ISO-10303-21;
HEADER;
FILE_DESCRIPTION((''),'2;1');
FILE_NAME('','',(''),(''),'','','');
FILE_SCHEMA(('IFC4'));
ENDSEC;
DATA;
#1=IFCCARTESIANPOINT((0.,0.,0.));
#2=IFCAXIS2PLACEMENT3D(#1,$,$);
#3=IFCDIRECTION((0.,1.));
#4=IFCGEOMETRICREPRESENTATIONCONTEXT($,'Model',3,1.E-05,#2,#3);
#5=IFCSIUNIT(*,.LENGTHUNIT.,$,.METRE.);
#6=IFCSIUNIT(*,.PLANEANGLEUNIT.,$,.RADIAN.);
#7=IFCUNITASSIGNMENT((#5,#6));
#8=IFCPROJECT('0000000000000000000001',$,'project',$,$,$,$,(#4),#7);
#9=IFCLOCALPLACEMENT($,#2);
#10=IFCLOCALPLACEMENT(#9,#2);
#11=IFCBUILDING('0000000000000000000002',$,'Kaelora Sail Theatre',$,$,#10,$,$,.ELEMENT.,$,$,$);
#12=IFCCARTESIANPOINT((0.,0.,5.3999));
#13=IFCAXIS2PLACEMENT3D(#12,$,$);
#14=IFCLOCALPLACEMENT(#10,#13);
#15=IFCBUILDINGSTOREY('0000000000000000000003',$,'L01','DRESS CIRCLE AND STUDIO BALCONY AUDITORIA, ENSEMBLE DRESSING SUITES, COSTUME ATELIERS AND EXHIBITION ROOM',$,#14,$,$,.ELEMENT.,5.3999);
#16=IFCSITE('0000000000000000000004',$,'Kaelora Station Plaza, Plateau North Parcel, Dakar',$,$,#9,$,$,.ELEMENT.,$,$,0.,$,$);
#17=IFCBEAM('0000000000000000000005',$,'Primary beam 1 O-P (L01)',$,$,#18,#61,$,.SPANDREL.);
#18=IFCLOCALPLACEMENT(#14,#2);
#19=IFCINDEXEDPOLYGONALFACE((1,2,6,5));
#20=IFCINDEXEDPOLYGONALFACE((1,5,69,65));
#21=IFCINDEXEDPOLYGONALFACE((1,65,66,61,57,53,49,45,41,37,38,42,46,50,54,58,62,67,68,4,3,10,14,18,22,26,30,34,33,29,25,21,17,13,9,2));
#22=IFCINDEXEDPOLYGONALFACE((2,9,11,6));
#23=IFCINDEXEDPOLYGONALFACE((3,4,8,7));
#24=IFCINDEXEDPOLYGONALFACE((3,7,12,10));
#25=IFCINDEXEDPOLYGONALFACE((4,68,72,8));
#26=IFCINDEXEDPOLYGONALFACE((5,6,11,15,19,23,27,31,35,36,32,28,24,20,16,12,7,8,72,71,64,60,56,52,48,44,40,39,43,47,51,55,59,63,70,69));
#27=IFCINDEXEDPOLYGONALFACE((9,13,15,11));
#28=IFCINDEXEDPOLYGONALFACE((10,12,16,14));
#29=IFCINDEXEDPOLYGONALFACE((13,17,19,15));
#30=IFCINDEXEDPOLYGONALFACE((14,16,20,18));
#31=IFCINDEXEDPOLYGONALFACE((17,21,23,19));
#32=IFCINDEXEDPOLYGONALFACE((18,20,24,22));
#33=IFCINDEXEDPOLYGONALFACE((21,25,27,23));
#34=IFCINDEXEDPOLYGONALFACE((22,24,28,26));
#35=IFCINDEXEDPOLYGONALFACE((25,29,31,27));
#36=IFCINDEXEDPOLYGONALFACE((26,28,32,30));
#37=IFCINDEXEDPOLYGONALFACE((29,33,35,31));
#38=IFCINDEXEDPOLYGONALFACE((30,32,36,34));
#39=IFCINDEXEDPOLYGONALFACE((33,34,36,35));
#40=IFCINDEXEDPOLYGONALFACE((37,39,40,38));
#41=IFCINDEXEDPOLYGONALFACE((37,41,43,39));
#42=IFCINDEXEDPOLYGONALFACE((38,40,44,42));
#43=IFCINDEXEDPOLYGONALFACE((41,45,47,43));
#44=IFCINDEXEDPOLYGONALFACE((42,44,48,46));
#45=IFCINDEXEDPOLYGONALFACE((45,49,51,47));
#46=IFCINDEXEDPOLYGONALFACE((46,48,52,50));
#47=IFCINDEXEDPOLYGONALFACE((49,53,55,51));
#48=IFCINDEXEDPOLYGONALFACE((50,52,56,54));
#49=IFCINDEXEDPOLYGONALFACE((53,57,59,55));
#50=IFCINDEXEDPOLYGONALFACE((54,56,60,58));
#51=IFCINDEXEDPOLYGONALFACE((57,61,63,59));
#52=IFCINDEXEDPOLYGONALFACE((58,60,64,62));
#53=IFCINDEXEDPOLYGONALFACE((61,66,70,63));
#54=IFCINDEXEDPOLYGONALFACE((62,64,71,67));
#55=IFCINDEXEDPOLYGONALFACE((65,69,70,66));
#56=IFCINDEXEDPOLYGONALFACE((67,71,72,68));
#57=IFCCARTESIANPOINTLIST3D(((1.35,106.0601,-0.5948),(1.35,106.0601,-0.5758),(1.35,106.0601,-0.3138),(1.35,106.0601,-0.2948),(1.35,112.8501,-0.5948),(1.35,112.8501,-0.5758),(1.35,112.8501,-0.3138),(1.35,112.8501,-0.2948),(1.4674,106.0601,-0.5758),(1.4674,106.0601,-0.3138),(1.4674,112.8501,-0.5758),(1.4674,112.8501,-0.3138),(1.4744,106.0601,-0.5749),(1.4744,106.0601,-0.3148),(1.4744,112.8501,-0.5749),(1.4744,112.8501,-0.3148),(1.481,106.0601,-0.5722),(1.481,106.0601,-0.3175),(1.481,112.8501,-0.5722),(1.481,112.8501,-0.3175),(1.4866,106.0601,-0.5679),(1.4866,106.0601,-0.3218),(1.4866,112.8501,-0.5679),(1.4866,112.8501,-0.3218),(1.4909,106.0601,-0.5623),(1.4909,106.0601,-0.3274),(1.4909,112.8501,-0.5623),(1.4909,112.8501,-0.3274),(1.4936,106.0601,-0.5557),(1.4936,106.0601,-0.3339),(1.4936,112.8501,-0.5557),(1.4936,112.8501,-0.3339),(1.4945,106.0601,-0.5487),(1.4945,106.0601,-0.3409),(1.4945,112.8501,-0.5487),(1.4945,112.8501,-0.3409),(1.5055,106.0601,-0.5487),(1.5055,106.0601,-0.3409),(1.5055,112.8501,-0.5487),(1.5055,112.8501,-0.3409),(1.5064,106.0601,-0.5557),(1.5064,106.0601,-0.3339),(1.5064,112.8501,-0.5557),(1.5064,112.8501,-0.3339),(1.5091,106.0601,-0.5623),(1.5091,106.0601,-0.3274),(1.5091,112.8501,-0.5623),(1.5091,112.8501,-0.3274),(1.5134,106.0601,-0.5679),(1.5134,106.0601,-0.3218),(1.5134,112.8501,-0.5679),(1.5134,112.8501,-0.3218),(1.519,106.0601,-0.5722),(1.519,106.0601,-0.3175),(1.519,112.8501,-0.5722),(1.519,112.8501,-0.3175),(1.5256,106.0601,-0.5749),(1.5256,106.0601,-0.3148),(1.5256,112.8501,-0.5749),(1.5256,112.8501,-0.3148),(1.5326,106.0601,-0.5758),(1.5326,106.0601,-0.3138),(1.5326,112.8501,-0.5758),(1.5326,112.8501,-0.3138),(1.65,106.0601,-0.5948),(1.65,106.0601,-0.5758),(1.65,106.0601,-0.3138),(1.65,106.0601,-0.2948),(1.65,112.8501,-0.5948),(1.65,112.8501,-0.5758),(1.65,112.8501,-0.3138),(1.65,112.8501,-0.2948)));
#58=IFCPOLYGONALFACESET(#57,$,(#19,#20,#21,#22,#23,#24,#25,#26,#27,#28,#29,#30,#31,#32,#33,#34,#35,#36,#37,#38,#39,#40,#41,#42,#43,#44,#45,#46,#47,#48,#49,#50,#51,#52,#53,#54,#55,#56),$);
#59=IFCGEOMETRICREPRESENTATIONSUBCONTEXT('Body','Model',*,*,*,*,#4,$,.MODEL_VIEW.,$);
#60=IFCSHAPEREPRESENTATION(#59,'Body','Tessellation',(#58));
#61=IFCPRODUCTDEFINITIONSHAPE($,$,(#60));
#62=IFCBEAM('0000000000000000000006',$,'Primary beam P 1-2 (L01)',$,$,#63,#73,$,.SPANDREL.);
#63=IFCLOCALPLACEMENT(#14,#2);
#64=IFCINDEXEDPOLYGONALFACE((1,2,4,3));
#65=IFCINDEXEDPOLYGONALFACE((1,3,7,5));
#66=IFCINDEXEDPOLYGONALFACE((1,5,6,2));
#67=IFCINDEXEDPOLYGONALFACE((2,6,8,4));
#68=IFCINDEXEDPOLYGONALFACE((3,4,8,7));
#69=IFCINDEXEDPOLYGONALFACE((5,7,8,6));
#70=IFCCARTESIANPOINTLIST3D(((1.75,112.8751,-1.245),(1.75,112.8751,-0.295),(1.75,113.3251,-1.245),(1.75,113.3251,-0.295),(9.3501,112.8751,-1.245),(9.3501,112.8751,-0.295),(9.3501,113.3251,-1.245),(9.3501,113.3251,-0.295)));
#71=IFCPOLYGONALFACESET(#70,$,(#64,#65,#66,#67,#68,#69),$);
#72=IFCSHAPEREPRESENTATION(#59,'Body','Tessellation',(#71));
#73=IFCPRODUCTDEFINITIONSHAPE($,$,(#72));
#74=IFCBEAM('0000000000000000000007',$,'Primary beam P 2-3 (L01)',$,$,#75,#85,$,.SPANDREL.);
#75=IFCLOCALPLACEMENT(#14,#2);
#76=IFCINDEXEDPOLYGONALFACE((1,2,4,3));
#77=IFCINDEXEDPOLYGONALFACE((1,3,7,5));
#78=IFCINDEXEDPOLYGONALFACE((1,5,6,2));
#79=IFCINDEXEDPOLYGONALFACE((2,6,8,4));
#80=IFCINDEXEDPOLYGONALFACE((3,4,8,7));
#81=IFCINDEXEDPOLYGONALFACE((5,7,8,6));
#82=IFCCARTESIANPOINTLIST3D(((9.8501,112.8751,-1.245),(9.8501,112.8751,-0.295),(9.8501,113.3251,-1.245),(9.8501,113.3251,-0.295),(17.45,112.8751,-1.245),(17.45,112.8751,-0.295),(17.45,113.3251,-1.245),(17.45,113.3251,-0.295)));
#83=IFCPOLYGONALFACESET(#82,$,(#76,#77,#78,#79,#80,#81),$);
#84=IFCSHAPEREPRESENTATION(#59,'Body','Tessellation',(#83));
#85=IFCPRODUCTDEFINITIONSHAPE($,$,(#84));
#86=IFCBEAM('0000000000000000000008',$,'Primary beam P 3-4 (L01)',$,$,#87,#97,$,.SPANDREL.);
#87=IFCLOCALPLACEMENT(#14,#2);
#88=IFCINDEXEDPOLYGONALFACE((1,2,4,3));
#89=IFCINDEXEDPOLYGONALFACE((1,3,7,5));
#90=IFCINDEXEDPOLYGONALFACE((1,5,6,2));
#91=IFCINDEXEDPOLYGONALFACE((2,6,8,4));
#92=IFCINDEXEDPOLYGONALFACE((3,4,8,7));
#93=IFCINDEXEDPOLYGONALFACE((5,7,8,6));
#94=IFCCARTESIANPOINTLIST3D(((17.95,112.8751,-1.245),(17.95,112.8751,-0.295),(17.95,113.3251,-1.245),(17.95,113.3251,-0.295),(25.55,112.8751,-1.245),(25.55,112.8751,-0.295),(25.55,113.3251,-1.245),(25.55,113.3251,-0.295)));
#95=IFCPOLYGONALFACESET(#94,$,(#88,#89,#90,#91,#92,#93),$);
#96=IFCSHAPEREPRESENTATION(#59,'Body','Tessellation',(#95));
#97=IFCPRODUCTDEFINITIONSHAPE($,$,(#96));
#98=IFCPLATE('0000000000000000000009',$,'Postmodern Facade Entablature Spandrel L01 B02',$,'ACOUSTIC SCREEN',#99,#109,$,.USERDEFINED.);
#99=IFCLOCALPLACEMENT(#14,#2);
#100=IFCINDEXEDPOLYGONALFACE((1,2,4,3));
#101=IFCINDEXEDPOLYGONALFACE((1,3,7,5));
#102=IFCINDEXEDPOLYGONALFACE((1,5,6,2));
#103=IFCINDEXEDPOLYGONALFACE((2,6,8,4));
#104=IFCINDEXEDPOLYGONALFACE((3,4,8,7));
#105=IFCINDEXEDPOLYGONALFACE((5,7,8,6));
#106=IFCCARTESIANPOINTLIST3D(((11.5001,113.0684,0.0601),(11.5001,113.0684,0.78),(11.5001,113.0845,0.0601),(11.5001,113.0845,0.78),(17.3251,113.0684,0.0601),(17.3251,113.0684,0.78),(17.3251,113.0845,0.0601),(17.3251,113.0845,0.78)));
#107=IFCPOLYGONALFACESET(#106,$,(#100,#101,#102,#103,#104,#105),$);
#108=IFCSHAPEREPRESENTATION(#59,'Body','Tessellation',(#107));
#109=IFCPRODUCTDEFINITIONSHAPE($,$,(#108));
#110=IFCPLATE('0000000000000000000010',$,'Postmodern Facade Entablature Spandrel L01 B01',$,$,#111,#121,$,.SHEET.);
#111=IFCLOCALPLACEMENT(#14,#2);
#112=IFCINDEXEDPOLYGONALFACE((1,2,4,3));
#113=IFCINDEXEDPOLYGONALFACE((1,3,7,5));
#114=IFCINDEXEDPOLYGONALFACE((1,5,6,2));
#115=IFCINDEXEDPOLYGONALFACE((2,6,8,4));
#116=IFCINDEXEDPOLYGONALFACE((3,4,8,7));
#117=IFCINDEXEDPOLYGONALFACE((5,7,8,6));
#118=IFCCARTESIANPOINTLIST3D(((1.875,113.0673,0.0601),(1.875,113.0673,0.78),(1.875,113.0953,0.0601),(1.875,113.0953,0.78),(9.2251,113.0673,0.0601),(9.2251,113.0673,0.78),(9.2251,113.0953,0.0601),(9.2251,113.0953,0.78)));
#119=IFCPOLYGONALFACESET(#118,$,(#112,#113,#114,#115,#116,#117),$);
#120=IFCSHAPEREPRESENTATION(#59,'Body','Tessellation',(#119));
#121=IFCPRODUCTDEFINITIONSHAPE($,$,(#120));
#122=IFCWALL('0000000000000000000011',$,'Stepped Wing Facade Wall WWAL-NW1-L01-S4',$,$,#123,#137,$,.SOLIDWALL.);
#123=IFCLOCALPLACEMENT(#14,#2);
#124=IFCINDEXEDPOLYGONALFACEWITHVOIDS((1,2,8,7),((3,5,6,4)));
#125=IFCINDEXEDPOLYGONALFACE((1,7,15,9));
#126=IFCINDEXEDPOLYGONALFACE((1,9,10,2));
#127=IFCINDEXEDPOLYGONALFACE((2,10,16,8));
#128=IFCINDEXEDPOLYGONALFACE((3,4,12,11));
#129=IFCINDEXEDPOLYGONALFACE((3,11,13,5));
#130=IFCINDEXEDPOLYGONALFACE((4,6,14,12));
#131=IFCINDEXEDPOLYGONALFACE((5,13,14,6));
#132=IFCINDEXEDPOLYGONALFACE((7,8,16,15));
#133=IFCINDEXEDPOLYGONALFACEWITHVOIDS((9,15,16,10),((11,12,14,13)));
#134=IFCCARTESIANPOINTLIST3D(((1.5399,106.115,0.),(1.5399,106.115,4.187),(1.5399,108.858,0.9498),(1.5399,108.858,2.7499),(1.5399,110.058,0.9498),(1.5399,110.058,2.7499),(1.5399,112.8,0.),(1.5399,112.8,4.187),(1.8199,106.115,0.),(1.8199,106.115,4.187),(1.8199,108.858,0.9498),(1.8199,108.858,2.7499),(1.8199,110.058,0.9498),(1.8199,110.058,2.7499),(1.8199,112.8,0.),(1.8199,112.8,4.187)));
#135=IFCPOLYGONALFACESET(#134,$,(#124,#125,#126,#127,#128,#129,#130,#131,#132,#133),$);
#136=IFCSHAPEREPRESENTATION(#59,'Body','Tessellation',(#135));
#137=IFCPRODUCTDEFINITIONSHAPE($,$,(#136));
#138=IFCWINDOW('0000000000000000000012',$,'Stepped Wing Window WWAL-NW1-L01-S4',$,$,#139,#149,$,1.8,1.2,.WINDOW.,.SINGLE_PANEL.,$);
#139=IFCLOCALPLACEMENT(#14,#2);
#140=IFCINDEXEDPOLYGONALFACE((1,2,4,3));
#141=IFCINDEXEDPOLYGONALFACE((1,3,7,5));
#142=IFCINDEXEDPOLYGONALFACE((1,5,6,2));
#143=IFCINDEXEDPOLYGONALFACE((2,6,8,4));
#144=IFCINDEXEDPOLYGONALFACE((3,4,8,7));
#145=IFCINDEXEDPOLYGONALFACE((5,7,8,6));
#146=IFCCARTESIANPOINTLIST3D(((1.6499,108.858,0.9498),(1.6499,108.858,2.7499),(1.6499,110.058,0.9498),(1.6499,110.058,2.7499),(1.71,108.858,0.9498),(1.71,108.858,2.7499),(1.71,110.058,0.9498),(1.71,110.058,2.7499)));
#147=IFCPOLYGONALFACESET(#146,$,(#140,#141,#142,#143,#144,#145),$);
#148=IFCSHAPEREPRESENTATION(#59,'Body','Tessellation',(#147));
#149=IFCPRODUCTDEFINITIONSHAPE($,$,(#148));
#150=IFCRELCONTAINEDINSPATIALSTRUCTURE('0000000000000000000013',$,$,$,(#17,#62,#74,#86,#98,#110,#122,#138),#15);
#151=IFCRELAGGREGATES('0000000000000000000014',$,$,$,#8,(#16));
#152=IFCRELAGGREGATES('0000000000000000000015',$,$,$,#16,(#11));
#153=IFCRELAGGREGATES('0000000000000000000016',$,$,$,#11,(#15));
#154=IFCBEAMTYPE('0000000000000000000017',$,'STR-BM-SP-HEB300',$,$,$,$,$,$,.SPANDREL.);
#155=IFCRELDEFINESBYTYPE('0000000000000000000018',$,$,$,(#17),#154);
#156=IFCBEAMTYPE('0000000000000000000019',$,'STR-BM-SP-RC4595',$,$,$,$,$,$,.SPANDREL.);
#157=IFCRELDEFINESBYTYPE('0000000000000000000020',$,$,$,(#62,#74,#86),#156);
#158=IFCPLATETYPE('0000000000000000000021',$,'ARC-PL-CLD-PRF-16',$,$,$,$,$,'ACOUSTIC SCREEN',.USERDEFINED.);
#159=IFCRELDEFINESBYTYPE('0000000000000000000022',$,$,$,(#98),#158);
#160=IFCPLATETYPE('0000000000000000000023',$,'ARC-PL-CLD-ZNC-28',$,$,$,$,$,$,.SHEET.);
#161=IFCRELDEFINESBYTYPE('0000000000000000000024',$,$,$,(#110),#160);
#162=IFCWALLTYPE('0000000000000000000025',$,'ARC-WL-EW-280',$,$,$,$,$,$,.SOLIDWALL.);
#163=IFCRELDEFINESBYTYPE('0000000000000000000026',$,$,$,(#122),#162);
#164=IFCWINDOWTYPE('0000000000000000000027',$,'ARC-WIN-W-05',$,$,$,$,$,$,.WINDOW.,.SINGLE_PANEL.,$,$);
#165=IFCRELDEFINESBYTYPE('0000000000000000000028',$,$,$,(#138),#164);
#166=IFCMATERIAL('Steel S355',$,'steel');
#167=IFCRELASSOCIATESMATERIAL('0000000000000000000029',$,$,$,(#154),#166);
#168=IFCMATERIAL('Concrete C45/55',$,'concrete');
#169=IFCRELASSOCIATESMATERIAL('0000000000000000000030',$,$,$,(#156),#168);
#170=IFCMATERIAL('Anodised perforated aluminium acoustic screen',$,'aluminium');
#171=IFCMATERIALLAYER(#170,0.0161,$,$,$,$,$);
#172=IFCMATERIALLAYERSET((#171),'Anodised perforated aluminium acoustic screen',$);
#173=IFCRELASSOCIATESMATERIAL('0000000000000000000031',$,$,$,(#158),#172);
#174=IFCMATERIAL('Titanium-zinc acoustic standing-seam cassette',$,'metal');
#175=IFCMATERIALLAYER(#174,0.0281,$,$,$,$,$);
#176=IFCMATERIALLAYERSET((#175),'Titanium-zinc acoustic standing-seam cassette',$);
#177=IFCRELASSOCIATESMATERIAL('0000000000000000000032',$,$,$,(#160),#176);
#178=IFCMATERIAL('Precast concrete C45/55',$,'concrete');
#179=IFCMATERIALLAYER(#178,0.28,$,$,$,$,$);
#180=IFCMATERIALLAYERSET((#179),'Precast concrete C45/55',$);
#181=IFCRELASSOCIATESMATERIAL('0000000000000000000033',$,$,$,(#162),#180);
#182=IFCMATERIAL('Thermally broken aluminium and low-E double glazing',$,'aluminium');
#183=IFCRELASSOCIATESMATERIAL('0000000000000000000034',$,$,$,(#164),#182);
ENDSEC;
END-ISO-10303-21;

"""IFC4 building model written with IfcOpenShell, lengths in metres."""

from ifc_helpers import new_model, si_unit, direction, frame, frame_2d, origin, origin_2d, place, context, subcontext, project, spatial, rectangle, i_section, extrude, material, layer, layer_set, material_profile, profile_set, type_object, element, fill, save


model = new_model("IFC4")

# Units and contexts
model_context = context("Model", 3, precision=1e-05, world=origin(), true_north=direction((0.0, 1.0)))
body_context = subcontext(model_context, "Body", "Model", "MODEL_VIEW")
ifc_project = project(units=[si_unit("LENGTHUNIT", "METRE"), si_unit("PLANEANGLEUNIT", "RADIAN")], contexts=[model_context])

# Site, building, storey
site_placement = place(None, origin())
site = spatial("IfcSite", under=ifc_project, at=site_placement, Name="Kaelora Station Plaza, Plateau North Parcel, Dakar", CompositionType="ELEMENT", RefElevation=0.0)
building_placement = place(site_placement, origin())
building = spatial("IfcBuilding", under=site, at=building_placement, Name="Kaelora Sail Theatre", CompositionType="ELEMENT")
storey_placement = place(building_placement, frame((0.0, 0.0, 5.3999)))
storey = spatial("IfcBuildingStorey", under=building, at=storey_placement, Name="L01", Description="DRESS CIRCLE AND STUDIO BALCONY AUDITORIA, ENSEMBLE DRESSING SUITES, COSTUME ATELIERS AND EXHIBITION ROOM", CompositionType="ELEMENT", Elevation=5.3999)

# Beams
ifc_material_1 = material(Name="Steel S355", Category="steel")
ifc_material_profile_1 = material_profile(ifc_material_1, i_section(OverallWidth=0.3, OverallDepth=0.3, WebThickness=0.011, FlangeThickness=0.019, FilletRadius=0.0271, at=origin_2d()), Name="HEB 300")
ifc_profile_set_1 = profile_set([ifc_material_profile_1], Name="Steel S355")
beam_type_1 = type_object("IfcBeamType", Name="STR-BM-SP-HEB300", PredefinedType="SPANDREL", material=ifc_profile_set_1)
beam_1_placement = place(storey_placement, frame((1.5, 106.0601, -0.4448), z_axis=(0.0, 1.0, 0.0), x_axis=(-1.0, 0.0, 0.0)))
element("IfcBeam", 1, at=beam_1_placement, inside=storey, type_object=beam_type_1, Name="Primary beam 1 O-P (L01)", PredefinedType="SPANDREL", context=body_context, shape_type="SweptSolid", body=[
    extrude(i_section(OverallWidth=0.3, OverallDepth=0.3, WebThickness=0.011, FlangeThickness=0.019, FilletRadius=0.0271, at=origin_2d()), origin(), (0.0, 0.0, 1.0), 6.79),
])
ifc_material_2 = material(Name="Concrete C45/55", Category="concrete")
ifc_material_profile_2 = material_profile(ifc_material_2, rectangle(XDim=0.45, YDim=0.95, at=origin_2d()), Name="RC-SPN 450x950")
ifc_profile_set_2 = profile_set([ifc_material_profile_2], Name="Concrete C45/55")
beam_type_2 = type_object("IfcBeamType", Name="STR-BM-SP-RC4595", PredefinedType="SPANDREL", material=ifc_profile_set_2)
beam_2_placement = place(storey_placement, frame((1.75, 113.1001, -0.77), z_axis=(1.0, 0.0, 0.0), x_axis=(0.0, 1.0, 0.0)))
element("IfcBeam", 2, at=beam_2_placement, inside=storey, type_object=beam_type_2, Name="Primary beam P 1-2 (L01)", PredefinedType="SPANDREL", context=body_context, shape_type="SweptSolid", body=[
    extrude(rectangle(XDim=0.45, YDim=0.95, at=origin_2d()), origin(), (0.0, 0.0, 1.0), 7.6001),
])
beam_3_placement = place(storey_placement, frame((9.8501, 113.1001, -0.77), z_axis=(1.0, 0.0, 0.0), x_axis=(0.0, 1.0, 0.0)))
element("IfcBeam", 3, at=beam_3_placement, inside=storey, type_object=beam_type_2, Name="Primary beam P 2-3 (L01)", PredefinedType="SPANDREL", context=body_context, shape_type="SweptSolid", body=[
    extrude(rectangle(XDim=0.45, YDim=0.95, at=origin_2d()), origin(), (0.0, 0.0, 1.0), 7.5999),
])
beam_4_placement = place(storey_placement, frame((17.95, 113.1001, -0.77), z_axis=(1.0, 0.0, 0.0), x_axis=(0.0, 1.0, 0.0)))
element("IfcBeam", 4, at=beam_4_placement, inside=storey, type_object=beam_type_2, Name="Primary beam P 3-4 (L01)", PredefinedType="SPANDREL", context=body_context, shape_type="SweptSolid", body=[
    extrude(rectangle(XDim=0.45, YDim=0.95, at=origin_2d()), origin(), (0.0, 0.0, 1.0), 7.6001),
])

# Plates
ifc_material_3 = material(Name="Anodised perforated aluminium acoustic screen", Category="aluminium")
ifc_layer_1 = layer(ifc_material_3, 0.0161)
ifc_layer_set_1 = layer_set([ifc_layer_1], Name="Anodised perforated aluminium acoustic screen")
plate_type_1 = type_object("IfcPlateType", Name="ARC-PL-CLD-PRF-16", ElementType="ACOUSTIC SCREEN", PredefinedType="USERDEFINED", material=ifc_layer_set_1)
plate_1_placement = place(storey_placement, frame((14.4126, 113.0764, 0.0601), z_axis=(0.0, 0.0, 1.0), x_axis=(1.0, 0.0, 0.0)))
element("IfcPlate", 5, at=plate_1_placement, inside=storey, type_object=plate_type_1, Name="Postmodern Facade Entablature Spandrel L01 B02", ObjectType="ACOUSTIC SCREEN", PredefinedType="USERDEFINED", context=body_context, shape_type="SweptSolid", body=[
    extrude(rectangle(XDim=5.825, YDim=0.0161, at=origin_2d()), origin(), (0.0, 0.0, 1.0), 0.72),
])
ifc_material_4 = material(Name="Titanium-zinc acoustic standing-seam cassette", Category="metal")
ifc_layer_2 = layer(ifc_material_4, 0.0281)
ifc_layer_set_2 = layer_set([ifc_layer_2], Name="Titanium-zinc acoustic standing-seam cassette")
plate_type_2 = type_object("IfcPlateType", Name="ARC-PL-CLD-ZNC-28", PredefinedType="SHEET", material=ifc_layer_set_2)
plate_2_placement = place(storey_placement, frame((5.55, 113.0813, 0.0601), z_axis=(0.0, 0.0, 1.0), x_axis=(1.0, 0.0, 0.0)))
element("IfcPlate", 6, at=plate_2_placement, inside=storey, type_object=plate_type_2, Name="Postmodern Facade Entablature Spandrel L01 B01", PredefinedType="SHEET", context=body_context, shape_type="SweptSolid", body=[
    extrude(rectangle(XDim=7.3501, YDim=0.0281, at=origin_2d()), origin(), (0.0, 0.0, 1.0), 0.72),
])

# Wall, opening, window
ifc_material_5 = material(Name="Precast concrete C45/55", Category="concrete")
ifc_layer_3 = layer(ifc_material_5, 0.28)
ifc_layer_set_3 = layer_set([ifc_layer_3], Name="Precast concrete C45/55")
wall_type_1 = type_object("IfcWallType", Name="ARC-WL-EW-280", PredefinedType="SOLIDWALL", material=ifc_layer_set_3)
wall_1_placement = place(storey_placement, frame((1.6799, 106.115, 0.0), z_axis=(0.0, 0.0, 1.0), x_axis=(0.0, 1.0, 0.0)))
wall_1 = element("IfcWall", 7, at=wall_1_placement, inside=storey, type_object=wall_type_1, Name="Stepped Wing Facade Wall WWAL-NW1-L01-S4", PredefinedType="SOLIDWALL", context=body_context, shape_type="SweptSolid", body=[
    extrude(rectangle(XDim=6.6851, YDim=0.28, at=frame_2d((3.3425, 0.0))), origin(), (0.0, 0.0, 1.0), 4.187),
])
opening_1_placement = place(wall_1_placement, frame((2.7429, 0.0, 0.95)))
opening_1 = element("IfcOpeningElement", 8, at=opening_1_placement, cuts=wall_1, PredefinedType="OPENING", context=body_context, shape_type="SweptSolid", body=[
    extrude(rectangle(XDim=1.2, YDim=1.8, at=frame_2d((0.6001, 0.8999))), frame((0.0, 0.1501, 0.0), z_axis=(0.0, -1.0, 0.0), x_axis=(1.0, 0.0, 0.0)), (0.0, 0.0, 1.0), 0.3),
])
ifc_material_6 = material(Name="Thermally broken aluminium and low-E double glazing", Category="aluminium")
window_type_1 = type_object("IfcWindowType", Name="ARC-WIN-W-05", PartitioningType="SINGLE_PANEL", PredefinedType="WINDOW", material=ifc_material_6)
window_1_placement = place(opening_1_placement, origin())
window_1 = element("IfcWindow", 9, at=window_1_placement, inside=storey, type_object=window_type_1, Name="Stepped Wing Window WWAL-NW1-L01-S4", OverallHeight=1.8, OverallWidth=1.2, PartitioningType="SINGLE_PANEL", PredefinedType="WINDOW", context=body_context, shape_type="SweptSolid", body=[
    extrude(rectangle(XDim=1.2, YDim=1.8, at=frame_2d((0.6001, 0.8999))), frame((0.0, 0.03, 0.0), z_axis=(0.0, -1.0, 0.0), x_axis=(1.0, 0.0, 0.0)), (0.0, 0.0, 1.0), 0.0601),
])
fill(opening_1, window_1)

save(model, "model.ifc")
